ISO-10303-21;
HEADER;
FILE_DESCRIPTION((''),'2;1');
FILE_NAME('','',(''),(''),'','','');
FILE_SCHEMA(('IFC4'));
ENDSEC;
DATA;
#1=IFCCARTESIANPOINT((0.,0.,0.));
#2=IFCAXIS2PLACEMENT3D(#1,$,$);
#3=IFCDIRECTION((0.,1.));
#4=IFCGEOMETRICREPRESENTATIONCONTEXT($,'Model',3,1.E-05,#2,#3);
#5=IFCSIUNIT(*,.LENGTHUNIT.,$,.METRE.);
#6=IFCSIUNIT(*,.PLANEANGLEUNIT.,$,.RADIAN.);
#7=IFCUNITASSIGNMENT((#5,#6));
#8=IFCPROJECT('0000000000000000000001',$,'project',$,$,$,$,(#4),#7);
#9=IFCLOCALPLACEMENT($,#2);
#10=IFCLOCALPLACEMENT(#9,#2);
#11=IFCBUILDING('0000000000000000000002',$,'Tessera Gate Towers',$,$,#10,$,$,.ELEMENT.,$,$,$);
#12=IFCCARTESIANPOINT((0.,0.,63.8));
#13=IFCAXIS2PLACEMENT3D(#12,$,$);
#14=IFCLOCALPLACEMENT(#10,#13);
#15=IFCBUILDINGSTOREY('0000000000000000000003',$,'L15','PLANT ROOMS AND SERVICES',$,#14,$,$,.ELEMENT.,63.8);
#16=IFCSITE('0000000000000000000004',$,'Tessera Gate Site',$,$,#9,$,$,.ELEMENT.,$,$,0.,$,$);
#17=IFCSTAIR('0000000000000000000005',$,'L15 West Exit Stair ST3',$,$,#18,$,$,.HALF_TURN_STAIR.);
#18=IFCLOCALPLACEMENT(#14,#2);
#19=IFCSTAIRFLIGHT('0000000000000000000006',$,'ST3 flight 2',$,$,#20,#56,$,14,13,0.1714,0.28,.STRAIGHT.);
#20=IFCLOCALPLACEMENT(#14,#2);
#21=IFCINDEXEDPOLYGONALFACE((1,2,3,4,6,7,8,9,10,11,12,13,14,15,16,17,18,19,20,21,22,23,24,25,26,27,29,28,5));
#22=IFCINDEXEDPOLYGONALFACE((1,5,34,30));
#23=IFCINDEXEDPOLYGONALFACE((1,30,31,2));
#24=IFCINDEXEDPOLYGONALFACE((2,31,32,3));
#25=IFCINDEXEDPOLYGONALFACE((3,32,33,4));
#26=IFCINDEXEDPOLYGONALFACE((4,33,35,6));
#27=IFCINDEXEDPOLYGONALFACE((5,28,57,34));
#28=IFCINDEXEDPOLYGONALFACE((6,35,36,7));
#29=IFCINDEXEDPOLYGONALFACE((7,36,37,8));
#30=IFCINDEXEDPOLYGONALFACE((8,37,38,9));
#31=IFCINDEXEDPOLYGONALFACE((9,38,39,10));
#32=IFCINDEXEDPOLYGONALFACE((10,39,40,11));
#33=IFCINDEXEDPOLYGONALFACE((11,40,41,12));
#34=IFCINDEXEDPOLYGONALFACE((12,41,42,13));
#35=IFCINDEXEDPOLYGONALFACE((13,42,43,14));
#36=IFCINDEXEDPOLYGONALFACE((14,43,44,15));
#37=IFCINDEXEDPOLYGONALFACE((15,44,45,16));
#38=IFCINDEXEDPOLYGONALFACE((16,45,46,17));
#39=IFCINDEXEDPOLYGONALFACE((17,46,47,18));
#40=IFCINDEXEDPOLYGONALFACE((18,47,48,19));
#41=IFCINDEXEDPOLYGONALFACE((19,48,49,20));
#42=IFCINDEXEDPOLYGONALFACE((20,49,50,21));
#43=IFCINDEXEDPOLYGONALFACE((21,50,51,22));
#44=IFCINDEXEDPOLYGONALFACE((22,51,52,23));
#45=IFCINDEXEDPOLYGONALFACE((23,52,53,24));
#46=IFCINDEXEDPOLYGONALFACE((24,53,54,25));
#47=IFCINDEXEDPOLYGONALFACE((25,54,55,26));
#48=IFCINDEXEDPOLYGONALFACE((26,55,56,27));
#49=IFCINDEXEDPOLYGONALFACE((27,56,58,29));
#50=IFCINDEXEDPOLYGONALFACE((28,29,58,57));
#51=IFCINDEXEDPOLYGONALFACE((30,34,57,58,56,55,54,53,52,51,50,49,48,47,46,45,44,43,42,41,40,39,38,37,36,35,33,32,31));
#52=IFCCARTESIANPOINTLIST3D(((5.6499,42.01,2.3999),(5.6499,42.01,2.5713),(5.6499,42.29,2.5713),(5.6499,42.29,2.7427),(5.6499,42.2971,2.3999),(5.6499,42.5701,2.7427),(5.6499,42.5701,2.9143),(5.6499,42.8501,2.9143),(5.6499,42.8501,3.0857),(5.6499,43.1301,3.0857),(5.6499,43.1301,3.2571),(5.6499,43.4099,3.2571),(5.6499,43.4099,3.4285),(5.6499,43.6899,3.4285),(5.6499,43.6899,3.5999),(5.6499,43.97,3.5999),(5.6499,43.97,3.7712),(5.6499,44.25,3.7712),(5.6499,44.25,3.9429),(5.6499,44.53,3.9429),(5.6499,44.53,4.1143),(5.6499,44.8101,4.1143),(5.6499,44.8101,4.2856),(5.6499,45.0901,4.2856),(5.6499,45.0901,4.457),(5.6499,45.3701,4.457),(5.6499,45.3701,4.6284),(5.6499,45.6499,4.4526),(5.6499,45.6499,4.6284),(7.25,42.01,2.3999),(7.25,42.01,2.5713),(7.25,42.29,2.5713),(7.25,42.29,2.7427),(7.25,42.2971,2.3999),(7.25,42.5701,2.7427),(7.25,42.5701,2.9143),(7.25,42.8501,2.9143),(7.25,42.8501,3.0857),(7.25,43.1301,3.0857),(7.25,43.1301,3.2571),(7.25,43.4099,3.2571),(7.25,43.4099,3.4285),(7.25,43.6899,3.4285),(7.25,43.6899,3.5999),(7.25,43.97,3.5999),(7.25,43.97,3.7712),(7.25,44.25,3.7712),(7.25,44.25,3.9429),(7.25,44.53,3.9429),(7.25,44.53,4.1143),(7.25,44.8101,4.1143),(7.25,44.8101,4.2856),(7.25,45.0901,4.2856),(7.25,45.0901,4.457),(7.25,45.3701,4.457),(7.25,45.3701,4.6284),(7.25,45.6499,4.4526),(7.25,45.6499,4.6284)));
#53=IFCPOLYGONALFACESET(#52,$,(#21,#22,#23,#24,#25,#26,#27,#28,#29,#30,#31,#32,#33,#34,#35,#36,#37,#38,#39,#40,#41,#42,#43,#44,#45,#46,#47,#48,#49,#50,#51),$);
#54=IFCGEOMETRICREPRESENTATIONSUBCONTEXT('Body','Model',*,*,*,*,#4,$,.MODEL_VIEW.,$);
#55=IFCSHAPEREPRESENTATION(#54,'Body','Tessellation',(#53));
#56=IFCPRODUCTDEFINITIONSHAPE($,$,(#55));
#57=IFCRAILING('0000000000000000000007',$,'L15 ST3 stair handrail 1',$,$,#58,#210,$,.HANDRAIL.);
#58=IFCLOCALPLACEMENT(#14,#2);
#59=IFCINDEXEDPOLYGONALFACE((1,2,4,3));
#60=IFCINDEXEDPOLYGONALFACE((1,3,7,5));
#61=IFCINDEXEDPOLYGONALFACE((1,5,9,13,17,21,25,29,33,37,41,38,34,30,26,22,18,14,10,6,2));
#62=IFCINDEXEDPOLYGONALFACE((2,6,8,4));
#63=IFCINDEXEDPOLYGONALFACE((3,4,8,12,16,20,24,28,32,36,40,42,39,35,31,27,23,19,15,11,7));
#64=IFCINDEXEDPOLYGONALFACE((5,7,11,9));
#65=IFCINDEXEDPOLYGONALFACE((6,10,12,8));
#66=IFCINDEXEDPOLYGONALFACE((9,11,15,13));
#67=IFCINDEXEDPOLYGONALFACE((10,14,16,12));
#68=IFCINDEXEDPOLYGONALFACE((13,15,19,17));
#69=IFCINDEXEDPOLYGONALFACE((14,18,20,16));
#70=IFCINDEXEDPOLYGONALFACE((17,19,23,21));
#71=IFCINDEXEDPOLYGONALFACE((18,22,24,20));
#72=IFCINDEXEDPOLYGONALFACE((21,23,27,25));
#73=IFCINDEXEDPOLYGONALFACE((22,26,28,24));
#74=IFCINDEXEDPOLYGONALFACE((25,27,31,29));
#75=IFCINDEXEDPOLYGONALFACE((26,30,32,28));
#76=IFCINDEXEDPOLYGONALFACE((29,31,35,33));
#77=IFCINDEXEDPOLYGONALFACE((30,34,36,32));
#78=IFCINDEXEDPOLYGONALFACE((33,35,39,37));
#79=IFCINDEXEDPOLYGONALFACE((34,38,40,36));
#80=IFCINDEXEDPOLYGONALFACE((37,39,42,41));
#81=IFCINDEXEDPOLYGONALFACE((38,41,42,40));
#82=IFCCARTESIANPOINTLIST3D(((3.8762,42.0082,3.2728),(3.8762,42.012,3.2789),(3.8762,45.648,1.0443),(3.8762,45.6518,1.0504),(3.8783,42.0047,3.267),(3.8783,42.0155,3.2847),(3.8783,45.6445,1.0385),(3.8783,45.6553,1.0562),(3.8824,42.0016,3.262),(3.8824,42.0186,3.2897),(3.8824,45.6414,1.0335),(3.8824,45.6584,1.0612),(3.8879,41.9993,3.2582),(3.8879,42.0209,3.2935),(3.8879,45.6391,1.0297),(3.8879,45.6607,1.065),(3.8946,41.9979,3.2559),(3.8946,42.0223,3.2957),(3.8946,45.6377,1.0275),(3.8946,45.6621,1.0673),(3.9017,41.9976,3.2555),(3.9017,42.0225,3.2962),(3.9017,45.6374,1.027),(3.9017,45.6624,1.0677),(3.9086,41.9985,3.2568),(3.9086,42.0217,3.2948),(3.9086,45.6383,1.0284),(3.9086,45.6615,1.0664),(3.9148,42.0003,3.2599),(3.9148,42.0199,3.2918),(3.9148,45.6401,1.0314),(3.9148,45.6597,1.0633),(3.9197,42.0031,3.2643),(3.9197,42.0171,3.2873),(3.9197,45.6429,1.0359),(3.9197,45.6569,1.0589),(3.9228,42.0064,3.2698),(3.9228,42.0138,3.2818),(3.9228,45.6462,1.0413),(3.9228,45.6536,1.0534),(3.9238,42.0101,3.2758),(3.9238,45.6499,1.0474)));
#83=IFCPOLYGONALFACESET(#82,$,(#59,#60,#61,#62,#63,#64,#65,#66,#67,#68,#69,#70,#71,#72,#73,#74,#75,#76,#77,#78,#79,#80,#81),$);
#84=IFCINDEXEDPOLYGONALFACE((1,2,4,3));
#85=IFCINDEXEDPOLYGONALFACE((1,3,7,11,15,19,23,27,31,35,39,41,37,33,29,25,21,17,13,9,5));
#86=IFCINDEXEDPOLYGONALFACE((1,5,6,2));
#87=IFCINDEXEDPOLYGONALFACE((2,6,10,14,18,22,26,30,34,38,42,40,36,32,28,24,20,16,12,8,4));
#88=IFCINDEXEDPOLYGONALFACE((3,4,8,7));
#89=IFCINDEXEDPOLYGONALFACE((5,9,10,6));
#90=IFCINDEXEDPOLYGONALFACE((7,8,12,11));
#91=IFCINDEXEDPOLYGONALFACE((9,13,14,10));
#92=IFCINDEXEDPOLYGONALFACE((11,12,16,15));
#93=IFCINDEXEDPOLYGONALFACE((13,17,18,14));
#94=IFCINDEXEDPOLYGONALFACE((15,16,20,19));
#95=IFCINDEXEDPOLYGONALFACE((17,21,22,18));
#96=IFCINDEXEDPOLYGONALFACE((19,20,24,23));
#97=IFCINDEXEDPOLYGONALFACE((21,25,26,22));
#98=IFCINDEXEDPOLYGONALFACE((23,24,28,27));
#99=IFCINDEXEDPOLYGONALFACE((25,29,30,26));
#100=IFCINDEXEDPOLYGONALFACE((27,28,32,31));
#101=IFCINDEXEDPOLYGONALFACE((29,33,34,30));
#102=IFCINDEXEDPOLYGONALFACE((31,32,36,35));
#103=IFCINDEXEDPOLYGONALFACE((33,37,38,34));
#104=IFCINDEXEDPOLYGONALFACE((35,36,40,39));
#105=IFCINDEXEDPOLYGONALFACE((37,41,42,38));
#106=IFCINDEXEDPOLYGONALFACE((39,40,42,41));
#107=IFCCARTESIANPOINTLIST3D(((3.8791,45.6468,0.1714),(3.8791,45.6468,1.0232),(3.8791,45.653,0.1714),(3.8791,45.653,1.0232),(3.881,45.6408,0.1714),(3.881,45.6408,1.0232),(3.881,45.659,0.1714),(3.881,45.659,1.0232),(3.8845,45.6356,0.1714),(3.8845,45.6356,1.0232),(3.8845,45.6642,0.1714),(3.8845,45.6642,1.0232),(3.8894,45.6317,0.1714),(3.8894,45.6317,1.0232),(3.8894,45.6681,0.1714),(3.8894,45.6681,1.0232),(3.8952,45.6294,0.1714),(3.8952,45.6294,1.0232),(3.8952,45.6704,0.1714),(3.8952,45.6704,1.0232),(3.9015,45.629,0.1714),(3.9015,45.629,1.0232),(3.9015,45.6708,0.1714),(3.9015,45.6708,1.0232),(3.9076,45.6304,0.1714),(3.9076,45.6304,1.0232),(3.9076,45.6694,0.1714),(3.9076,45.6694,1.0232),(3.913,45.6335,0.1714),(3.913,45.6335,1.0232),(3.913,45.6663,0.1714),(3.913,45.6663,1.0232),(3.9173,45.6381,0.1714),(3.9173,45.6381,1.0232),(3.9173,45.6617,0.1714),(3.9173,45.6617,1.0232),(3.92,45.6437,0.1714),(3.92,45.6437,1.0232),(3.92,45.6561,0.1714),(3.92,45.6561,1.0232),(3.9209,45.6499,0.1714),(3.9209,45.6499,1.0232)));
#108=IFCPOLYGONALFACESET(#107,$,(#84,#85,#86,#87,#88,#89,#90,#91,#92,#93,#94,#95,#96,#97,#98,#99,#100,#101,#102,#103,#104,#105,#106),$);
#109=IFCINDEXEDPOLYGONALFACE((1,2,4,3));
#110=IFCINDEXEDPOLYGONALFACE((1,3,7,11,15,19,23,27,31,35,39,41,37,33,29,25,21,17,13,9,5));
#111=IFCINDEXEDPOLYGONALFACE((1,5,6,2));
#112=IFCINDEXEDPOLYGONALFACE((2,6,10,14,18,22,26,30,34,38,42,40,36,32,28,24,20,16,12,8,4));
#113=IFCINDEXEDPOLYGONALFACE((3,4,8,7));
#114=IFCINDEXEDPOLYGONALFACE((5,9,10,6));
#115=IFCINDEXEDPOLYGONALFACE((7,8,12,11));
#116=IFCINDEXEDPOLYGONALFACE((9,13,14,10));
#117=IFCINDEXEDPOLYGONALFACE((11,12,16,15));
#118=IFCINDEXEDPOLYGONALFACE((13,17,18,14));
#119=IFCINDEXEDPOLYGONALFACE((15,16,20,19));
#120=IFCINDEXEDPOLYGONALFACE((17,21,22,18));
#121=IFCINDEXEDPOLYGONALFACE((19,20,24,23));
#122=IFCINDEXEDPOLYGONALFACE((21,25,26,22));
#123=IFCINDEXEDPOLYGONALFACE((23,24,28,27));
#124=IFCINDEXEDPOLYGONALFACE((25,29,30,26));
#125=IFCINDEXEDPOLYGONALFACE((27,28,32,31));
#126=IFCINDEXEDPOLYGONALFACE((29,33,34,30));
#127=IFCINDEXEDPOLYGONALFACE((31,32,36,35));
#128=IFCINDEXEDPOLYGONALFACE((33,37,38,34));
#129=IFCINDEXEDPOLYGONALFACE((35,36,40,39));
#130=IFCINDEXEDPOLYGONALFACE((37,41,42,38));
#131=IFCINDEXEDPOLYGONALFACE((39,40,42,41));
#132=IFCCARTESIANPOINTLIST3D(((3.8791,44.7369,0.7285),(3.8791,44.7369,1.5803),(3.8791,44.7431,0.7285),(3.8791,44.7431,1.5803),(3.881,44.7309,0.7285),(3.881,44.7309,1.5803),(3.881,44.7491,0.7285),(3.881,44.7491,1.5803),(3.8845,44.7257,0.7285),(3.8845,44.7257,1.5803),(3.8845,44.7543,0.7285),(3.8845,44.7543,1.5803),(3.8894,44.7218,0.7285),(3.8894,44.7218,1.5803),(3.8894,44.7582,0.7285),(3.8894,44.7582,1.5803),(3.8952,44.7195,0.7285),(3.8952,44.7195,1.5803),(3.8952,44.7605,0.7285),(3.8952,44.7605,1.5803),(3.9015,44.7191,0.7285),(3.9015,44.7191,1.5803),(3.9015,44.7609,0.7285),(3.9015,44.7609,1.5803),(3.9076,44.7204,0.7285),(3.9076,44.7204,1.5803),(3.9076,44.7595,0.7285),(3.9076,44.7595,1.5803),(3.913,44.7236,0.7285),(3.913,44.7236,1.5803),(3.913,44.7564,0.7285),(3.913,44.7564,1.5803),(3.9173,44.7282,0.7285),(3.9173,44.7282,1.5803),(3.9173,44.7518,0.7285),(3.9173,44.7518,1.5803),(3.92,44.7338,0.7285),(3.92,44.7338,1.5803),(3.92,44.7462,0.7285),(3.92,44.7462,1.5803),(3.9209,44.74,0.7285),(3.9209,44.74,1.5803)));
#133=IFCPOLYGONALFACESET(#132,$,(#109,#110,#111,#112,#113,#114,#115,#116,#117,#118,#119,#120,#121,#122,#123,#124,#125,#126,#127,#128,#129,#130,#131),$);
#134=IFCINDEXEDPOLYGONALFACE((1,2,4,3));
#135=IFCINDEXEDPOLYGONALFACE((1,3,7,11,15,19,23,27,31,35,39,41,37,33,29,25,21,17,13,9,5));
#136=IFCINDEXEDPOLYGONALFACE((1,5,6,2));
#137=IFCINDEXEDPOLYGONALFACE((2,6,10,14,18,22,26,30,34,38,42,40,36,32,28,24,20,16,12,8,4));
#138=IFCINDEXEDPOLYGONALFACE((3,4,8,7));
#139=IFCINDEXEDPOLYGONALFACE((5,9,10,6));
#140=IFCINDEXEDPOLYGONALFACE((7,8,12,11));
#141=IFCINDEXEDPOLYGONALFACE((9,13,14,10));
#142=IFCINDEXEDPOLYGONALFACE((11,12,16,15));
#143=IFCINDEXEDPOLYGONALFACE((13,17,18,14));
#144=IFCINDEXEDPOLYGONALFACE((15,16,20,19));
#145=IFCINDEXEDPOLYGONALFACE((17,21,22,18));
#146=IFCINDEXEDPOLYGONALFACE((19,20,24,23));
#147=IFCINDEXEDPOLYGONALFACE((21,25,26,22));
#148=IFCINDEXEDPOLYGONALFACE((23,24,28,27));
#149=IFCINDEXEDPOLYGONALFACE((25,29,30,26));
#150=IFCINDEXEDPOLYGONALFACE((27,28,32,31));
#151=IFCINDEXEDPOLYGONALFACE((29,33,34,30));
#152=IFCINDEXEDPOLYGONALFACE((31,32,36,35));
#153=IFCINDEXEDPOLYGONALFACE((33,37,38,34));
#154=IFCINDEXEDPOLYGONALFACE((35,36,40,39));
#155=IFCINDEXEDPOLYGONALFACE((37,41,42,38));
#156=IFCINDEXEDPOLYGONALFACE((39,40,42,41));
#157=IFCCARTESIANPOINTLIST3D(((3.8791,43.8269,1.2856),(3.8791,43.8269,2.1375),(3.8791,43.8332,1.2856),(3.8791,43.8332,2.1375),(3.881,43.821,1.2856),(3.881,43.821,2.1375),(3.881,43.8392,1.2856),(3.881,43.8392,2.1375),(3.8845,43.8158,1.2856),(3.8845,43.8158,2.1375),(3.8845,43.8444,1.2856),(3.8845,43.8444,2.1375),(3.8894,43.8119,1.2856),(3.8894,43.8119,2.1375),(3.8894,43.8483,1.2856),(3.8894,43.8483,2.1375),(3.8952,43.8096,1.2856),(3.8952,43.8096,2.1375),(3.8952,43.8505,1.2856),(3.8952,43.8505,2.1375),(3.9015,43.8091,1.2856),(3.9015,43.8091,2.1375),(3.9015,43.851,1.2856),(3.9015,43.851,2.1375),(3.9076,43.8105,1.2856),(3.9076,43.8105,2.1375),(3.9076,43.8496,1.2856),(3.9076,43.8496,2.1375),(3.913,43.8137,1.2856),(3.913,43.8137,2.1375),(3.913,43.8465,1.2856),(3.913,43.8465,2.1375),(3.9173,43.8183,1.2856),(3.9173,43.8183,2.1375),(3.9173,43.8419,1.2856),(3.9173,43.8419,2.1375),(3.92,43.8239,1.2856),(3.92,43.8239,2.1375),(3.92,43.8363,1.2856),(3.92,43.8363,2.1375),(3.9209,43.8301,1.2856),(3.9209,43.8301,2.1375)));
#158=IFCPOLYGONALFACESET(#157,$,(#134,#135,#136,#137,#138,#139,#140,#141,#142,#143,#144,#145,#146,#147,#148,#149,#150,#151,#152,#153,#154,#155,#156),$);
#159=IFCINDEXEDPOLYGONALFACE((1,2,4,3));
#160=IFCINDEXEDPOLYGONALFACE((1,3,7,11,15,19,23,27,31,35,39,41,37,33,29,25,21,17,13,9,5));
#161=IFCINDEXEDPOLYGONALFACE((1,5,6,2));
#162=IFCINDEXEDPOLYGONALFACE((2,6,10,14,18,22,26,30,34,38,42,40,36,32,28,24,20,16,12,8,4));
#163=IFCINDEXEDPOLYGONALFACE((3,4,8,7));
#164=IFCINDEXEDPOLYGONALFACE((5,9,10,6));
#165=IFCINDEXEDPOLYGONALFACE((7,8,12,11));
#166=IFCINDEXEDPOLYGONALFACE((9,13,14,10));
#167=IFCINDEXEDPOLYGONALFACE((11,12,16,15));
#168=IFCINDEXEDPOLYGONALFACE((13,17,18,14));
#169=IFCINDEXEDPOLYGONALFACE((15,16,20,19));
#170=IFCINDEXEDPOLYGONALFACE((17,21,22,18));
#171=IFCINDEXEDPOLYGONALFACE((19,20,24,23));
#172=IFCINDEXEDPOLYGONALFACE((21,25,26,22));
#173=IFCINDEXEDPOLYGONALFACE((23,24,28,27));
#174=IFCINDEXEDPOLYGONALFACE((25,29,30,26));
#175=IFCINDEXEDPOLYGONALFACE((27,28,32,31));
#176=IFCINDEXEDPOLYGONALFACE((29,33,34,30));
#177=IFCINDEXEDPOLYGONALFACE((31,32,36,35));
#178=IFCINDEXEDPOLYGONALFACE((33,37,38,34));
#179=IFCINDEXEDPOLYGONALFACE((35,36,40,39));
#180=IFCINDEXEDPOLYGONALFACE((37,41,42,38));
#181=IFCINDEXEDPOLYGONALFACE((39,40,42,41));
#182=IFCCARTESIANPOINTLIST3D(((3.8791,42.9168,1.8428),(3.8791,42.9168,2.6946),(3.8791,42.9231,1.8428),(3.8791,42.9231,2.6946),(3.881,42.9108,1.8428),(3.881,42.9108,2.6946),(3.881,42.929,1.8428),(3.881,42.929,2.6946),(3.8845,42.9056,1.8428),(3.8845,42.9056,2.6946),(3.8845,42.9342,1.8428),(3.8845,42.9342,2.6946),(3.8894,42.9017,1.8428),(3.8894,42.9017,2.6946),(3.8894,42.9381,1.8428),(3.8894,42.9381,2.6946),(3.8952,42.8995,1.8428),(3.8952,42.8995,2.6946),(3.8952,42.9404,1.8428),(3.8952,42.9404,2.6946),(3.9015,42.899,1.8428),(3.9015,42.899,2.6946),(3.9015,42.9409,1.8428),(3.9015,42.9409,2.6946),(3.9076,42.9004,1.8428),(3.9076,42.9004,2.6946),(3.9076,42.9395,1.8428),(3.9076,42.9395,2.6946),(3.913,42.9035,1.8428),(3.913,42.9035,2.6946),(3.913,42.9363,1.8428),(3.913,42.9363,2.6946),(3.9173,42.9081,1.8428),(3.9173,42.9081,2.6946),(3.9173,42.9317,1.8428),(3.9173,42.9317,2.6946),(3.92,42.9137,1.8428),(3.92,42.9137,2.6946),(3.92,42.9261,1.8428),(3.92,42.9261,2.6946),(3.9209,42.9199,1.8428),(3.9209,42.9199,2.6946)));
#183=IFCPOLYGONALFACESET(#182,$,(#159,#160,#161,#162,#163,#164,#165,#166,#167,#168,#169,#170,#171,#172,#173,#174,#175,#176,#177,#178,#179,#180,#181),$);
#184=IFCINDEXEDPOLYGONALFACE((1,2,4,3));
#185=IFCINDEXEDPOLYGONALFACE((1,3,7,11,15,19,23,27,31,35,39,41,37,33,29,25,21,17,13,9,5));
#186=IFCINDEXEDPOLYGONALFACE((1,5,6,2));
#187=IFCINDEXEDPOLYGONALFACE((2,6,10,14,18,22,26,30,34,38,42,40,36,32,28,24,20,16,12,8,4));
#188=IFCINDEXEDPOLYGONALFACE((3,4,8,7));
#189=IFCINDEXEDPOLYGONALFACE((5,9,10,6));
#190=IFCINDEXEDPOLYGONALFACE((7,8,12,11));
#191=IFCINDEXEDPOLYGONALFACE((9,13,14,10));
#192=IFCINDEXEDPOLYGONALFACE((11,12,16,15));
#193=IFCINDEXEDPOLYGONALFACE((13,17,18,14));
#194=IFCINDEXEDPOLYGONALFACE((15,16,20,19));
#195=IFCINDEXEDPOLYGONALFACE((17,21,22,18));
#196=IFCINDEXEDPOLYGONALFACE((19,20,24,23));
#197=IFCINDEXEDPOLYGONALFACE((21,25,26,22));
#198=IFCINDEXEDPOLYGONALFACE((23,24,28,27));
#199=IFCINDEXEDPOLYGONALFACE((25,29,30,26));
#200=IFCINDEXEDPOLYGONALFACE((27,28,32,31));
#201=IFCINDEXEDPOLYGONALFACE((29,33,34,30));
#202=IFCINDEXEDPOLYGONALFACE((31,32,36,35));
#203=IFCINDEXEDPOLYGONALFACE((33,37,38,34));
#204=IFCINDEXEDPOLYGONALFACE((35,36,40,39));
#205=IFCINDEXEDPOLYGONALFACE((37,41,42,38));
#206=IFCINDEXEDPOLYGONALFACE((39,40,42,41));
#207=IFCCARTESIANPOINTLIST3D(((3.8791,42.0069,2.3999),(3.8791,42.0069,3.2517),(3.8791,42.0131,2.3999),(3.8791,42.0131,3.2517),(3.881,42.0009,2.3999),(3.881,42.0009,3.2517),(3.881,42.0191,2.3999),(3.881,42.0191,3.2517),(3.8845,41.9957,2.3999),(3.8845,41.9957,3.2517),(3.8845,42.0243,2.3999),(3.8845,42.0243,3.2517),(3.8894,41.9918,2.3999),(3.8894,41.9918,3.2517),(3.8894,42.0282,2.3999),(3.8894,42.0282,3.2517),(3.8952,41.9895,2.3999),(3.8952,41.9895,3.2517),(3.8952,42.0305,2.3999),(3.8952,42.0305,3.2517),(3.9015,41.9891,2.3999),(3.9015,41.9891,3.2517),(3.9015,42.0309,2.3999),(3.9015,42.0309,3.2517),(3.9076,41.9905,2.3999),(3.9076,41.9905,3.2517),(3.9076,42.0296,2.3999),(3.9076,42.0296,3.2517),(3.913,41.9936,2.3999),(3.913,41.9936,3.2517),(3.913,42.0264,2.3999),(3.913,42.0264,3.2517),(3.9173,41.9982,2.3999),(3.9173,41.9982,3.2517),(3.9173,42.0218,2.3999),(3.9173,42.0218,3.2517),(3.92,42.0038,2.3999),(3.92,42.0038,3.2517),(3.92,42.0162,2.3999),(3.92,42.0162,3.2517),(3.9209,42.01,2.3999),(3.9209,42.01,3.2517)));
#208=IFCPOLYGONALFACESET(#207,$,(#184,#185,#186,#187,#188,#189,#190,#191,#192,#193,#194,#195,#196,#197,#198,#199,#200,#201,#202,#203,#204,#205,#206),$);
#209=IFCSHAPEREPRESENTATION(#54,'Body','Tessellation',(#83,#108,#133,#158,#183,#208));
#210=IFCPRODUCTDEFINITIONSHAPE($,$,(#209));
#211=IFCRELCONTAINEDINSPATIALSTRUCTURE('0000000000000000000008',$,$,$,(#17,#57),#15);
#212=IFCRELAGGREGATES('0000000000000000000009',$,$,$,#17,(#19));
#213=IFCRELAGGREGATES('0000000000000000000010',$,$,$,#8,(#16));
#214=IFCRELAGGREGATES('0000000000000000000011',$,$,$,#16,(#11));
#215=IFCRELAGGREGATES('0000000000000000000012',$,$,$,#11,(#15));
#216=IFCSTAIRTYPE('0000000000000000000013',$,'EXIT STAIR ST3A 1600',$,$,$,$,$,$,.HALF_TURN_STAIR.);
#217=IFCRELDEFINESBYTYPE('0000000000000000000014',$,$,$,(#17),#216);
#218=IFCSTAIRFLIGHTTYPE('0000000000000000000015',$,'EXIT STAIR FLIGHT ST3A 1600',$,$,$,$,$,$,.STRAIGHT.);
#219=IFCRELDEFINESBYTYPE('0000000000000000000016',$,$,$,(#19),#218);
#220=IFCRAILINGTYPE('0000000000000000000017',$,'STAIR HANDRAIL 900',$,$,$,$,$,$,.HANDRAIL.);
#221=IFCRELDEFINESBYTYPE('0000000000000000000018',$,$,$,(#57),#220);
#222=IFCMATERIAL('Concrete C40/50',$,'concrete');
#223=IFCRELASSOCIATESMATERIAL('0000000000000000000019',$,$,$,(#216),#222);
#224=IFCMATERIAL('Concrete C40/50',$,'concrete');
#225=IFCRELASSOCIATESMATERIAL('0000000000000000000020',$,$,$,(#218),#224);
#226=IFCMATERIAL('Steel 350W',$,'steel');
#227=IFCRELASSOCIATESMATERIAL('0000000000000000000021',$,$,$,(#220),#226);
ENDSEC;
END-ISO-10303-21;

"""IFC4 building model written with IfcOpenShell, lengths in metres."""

from ifc_helpers import new_model, si_unit, direction, frame, origin, origin_2d, place, context, subcontext, project, spatial, polyline, circle, outline, extrude, material, type_object, element, aggregate, save


model = new_model("IFC4")

# Units and contexts
model_context = context("Model", 3, precision=1e-05, world=origin(), true_north=direction((0.0, 1.0)))
body_context = subcontext(model_context, "Body", "Model", "MODEL_VIEW")
ifc_project = project(units=[si_unit("LENGTHUNIT", "METRE"), si_unit("PLANEANGLEUNIT", "RADIAN")], contexts=[model_context])

# Site, building, storey
site_placement = place(None, origin())
site = spatial("IfcSite", under=ifc_project, at=site_placement, Name="Tessera Gate Site", CompositionType="ELEMENT", RefElevation=0.0)
building_placement = place(site_placement, origin())
building = spatial("IfcBuilding", under=site, at=building_placement, Name="Tessera Gate Towers", CompositionType="ELEMENT")
storey_placement = place(building_placement, frame((0.0, 0.0, 63.8)))
storey = spatial("IfcBuildingStorey", under=building, at=storey_placement, Name="L15", Description="PLANT ROOMS AND SERVICES", CompositionType="ELEMENT", Elevation=63.8)

# Stair, stair flight
ifc_material_1 = material(Name="Concrete C40/50", Category="concrete")
stair_type = type_object("IfcStairType", Name="EXIT STAIR ST3A 1600", PredefinedType="HALF_TURN_STAIR", material=ifc_material_1)
stair_placement = place(storey_placement, origin())
stair = element("IfcStair", 1, at=stair_placement, inside=storey, type_object=stair_type, Name="L15 West Exit Stair ST3", PredefinedType="HALF_TURN_STAIR")
ifc_material_2 = material(Name="Concrete C40/50", Category="concrete")
stair_flight_type = type_object("IfcStairFlightType", Name="EXIT STAIR FLIGHT ST3A 1600", PredefinedType="STRAIGHT", material=ifc_material_2)
stair_flight_1_placement = place(storey_placement, frame((6.45, 42.01, 2.3999), z_axis=(0.0, 0.0, 1.0), x_axis=(0.0, 1.0, 0.0)))
stair_flight_1 = element("IfcStairFlight", 2, at=stair_flight_1_placement, type_object=stair_flight_type, Name="ST3 flight 2", NumberOfRisers=14, NumberOfTreads=13, PredefinedType="STRAIGHT", RiserHeight=0.1714, TreadLength=0.28, context=body_context, shape_type="SweptSolid", body=[
    extrude(outline(polyline([(0.0, 0.0), (0.0, 0.1714), (0.28, 0.1714), (0.28, 0.3428), (0.5601, 0.3428), (0.5601, 0.5144), (0.8401, 0.5144), (0.8401, 0.6858), (1.1201, 0.6858), (1.1201, 0.8572), (1.3999, 0.8572), (1.3999, 1.0286), (1.6799, 1.0286), (1.6799, 1.2), (1.96, 1.2), (1.96, 1.3713), (2.24, 1.3713), (2.24, 1.543), (2.52, 1.543), (2.52, 1.7144), (2.8, 1.7144), (2.8, 1.8857), (3.0801, 1.8857), (3.0801, 2.0571), (3.3601, 2.0571), (3.3601, 2.2285), (3.6399, 2.2285), (3.6399, 2.3999), (3.6399, 2.0527), (0.2871, 0.0), (0.0, 0.0)])), frame((0.0, 0.8, 0.0), z_axis=(0.0, -1.0, 0.0), x_axis=(1.0, 0.0, 0.0)), (0.0, 0.0, 1.0), 1.6001),
])
aggregate(stair, [stair_flight_1])

# Railing
ifc_material_3 = material(Name="Steel 350W", Category="steel")
railing_type_1 = type_object("IfcRailingType", Name="STAIR HANDRAIL 900", PredefinedType="HANDRAIL", material=ifc_material_3)
railing_1_placement = place(storey_placement, frame((3.8999, 45.6499, 0.1714)))
element("IfcRailing", 3, at=railing_1_placement, inside=storey, type_object=railing_type_1, Name="L15 ST3 stair handrail 1", PredefinedType="HANDRAIL", context=body_context, shape_type="SweptSolid", body=[
    extrude(circle(Radius=0.0239, at=origin_2d()), frame((0.0, 0.0, 0.876), z_axis=(0.0, -0.85285, 0.522156), x_axis=(1.0, 0.0, 0.0)), (0.0, 0.0, 1.0), 4.2678),
    extrude(circle(Radius=0.021, at=origin_2d()), origin(), (0.0, 0.0, 1.0), 0.8518),
    extrude(circle(Radius=0.021, at=origin_2d()), frame((0.0, -0.9099, 0.5571)), (0.0, 0.0, 1.0), 0.8518),
    extrude(circle(Radius=0.021, at=origin_2d()), frame((0.0, -1.8198, 1.1143)), (0.0, 0.0, 1.0), 0.8518),
    extrude(circle(Radius=0.021, at=origin_2d()), frame((0.0, -2.73, 1.6714)), (0.0, 0.0, 1.0), 0.8518),
    extrude(circle(Radius=0.021, at=origin_2d()), frame((0.0, -3.6399, 2.2285)), (0.0, 0.0, 1.0), 0.8518),
])

save(model, "model.ifc")
